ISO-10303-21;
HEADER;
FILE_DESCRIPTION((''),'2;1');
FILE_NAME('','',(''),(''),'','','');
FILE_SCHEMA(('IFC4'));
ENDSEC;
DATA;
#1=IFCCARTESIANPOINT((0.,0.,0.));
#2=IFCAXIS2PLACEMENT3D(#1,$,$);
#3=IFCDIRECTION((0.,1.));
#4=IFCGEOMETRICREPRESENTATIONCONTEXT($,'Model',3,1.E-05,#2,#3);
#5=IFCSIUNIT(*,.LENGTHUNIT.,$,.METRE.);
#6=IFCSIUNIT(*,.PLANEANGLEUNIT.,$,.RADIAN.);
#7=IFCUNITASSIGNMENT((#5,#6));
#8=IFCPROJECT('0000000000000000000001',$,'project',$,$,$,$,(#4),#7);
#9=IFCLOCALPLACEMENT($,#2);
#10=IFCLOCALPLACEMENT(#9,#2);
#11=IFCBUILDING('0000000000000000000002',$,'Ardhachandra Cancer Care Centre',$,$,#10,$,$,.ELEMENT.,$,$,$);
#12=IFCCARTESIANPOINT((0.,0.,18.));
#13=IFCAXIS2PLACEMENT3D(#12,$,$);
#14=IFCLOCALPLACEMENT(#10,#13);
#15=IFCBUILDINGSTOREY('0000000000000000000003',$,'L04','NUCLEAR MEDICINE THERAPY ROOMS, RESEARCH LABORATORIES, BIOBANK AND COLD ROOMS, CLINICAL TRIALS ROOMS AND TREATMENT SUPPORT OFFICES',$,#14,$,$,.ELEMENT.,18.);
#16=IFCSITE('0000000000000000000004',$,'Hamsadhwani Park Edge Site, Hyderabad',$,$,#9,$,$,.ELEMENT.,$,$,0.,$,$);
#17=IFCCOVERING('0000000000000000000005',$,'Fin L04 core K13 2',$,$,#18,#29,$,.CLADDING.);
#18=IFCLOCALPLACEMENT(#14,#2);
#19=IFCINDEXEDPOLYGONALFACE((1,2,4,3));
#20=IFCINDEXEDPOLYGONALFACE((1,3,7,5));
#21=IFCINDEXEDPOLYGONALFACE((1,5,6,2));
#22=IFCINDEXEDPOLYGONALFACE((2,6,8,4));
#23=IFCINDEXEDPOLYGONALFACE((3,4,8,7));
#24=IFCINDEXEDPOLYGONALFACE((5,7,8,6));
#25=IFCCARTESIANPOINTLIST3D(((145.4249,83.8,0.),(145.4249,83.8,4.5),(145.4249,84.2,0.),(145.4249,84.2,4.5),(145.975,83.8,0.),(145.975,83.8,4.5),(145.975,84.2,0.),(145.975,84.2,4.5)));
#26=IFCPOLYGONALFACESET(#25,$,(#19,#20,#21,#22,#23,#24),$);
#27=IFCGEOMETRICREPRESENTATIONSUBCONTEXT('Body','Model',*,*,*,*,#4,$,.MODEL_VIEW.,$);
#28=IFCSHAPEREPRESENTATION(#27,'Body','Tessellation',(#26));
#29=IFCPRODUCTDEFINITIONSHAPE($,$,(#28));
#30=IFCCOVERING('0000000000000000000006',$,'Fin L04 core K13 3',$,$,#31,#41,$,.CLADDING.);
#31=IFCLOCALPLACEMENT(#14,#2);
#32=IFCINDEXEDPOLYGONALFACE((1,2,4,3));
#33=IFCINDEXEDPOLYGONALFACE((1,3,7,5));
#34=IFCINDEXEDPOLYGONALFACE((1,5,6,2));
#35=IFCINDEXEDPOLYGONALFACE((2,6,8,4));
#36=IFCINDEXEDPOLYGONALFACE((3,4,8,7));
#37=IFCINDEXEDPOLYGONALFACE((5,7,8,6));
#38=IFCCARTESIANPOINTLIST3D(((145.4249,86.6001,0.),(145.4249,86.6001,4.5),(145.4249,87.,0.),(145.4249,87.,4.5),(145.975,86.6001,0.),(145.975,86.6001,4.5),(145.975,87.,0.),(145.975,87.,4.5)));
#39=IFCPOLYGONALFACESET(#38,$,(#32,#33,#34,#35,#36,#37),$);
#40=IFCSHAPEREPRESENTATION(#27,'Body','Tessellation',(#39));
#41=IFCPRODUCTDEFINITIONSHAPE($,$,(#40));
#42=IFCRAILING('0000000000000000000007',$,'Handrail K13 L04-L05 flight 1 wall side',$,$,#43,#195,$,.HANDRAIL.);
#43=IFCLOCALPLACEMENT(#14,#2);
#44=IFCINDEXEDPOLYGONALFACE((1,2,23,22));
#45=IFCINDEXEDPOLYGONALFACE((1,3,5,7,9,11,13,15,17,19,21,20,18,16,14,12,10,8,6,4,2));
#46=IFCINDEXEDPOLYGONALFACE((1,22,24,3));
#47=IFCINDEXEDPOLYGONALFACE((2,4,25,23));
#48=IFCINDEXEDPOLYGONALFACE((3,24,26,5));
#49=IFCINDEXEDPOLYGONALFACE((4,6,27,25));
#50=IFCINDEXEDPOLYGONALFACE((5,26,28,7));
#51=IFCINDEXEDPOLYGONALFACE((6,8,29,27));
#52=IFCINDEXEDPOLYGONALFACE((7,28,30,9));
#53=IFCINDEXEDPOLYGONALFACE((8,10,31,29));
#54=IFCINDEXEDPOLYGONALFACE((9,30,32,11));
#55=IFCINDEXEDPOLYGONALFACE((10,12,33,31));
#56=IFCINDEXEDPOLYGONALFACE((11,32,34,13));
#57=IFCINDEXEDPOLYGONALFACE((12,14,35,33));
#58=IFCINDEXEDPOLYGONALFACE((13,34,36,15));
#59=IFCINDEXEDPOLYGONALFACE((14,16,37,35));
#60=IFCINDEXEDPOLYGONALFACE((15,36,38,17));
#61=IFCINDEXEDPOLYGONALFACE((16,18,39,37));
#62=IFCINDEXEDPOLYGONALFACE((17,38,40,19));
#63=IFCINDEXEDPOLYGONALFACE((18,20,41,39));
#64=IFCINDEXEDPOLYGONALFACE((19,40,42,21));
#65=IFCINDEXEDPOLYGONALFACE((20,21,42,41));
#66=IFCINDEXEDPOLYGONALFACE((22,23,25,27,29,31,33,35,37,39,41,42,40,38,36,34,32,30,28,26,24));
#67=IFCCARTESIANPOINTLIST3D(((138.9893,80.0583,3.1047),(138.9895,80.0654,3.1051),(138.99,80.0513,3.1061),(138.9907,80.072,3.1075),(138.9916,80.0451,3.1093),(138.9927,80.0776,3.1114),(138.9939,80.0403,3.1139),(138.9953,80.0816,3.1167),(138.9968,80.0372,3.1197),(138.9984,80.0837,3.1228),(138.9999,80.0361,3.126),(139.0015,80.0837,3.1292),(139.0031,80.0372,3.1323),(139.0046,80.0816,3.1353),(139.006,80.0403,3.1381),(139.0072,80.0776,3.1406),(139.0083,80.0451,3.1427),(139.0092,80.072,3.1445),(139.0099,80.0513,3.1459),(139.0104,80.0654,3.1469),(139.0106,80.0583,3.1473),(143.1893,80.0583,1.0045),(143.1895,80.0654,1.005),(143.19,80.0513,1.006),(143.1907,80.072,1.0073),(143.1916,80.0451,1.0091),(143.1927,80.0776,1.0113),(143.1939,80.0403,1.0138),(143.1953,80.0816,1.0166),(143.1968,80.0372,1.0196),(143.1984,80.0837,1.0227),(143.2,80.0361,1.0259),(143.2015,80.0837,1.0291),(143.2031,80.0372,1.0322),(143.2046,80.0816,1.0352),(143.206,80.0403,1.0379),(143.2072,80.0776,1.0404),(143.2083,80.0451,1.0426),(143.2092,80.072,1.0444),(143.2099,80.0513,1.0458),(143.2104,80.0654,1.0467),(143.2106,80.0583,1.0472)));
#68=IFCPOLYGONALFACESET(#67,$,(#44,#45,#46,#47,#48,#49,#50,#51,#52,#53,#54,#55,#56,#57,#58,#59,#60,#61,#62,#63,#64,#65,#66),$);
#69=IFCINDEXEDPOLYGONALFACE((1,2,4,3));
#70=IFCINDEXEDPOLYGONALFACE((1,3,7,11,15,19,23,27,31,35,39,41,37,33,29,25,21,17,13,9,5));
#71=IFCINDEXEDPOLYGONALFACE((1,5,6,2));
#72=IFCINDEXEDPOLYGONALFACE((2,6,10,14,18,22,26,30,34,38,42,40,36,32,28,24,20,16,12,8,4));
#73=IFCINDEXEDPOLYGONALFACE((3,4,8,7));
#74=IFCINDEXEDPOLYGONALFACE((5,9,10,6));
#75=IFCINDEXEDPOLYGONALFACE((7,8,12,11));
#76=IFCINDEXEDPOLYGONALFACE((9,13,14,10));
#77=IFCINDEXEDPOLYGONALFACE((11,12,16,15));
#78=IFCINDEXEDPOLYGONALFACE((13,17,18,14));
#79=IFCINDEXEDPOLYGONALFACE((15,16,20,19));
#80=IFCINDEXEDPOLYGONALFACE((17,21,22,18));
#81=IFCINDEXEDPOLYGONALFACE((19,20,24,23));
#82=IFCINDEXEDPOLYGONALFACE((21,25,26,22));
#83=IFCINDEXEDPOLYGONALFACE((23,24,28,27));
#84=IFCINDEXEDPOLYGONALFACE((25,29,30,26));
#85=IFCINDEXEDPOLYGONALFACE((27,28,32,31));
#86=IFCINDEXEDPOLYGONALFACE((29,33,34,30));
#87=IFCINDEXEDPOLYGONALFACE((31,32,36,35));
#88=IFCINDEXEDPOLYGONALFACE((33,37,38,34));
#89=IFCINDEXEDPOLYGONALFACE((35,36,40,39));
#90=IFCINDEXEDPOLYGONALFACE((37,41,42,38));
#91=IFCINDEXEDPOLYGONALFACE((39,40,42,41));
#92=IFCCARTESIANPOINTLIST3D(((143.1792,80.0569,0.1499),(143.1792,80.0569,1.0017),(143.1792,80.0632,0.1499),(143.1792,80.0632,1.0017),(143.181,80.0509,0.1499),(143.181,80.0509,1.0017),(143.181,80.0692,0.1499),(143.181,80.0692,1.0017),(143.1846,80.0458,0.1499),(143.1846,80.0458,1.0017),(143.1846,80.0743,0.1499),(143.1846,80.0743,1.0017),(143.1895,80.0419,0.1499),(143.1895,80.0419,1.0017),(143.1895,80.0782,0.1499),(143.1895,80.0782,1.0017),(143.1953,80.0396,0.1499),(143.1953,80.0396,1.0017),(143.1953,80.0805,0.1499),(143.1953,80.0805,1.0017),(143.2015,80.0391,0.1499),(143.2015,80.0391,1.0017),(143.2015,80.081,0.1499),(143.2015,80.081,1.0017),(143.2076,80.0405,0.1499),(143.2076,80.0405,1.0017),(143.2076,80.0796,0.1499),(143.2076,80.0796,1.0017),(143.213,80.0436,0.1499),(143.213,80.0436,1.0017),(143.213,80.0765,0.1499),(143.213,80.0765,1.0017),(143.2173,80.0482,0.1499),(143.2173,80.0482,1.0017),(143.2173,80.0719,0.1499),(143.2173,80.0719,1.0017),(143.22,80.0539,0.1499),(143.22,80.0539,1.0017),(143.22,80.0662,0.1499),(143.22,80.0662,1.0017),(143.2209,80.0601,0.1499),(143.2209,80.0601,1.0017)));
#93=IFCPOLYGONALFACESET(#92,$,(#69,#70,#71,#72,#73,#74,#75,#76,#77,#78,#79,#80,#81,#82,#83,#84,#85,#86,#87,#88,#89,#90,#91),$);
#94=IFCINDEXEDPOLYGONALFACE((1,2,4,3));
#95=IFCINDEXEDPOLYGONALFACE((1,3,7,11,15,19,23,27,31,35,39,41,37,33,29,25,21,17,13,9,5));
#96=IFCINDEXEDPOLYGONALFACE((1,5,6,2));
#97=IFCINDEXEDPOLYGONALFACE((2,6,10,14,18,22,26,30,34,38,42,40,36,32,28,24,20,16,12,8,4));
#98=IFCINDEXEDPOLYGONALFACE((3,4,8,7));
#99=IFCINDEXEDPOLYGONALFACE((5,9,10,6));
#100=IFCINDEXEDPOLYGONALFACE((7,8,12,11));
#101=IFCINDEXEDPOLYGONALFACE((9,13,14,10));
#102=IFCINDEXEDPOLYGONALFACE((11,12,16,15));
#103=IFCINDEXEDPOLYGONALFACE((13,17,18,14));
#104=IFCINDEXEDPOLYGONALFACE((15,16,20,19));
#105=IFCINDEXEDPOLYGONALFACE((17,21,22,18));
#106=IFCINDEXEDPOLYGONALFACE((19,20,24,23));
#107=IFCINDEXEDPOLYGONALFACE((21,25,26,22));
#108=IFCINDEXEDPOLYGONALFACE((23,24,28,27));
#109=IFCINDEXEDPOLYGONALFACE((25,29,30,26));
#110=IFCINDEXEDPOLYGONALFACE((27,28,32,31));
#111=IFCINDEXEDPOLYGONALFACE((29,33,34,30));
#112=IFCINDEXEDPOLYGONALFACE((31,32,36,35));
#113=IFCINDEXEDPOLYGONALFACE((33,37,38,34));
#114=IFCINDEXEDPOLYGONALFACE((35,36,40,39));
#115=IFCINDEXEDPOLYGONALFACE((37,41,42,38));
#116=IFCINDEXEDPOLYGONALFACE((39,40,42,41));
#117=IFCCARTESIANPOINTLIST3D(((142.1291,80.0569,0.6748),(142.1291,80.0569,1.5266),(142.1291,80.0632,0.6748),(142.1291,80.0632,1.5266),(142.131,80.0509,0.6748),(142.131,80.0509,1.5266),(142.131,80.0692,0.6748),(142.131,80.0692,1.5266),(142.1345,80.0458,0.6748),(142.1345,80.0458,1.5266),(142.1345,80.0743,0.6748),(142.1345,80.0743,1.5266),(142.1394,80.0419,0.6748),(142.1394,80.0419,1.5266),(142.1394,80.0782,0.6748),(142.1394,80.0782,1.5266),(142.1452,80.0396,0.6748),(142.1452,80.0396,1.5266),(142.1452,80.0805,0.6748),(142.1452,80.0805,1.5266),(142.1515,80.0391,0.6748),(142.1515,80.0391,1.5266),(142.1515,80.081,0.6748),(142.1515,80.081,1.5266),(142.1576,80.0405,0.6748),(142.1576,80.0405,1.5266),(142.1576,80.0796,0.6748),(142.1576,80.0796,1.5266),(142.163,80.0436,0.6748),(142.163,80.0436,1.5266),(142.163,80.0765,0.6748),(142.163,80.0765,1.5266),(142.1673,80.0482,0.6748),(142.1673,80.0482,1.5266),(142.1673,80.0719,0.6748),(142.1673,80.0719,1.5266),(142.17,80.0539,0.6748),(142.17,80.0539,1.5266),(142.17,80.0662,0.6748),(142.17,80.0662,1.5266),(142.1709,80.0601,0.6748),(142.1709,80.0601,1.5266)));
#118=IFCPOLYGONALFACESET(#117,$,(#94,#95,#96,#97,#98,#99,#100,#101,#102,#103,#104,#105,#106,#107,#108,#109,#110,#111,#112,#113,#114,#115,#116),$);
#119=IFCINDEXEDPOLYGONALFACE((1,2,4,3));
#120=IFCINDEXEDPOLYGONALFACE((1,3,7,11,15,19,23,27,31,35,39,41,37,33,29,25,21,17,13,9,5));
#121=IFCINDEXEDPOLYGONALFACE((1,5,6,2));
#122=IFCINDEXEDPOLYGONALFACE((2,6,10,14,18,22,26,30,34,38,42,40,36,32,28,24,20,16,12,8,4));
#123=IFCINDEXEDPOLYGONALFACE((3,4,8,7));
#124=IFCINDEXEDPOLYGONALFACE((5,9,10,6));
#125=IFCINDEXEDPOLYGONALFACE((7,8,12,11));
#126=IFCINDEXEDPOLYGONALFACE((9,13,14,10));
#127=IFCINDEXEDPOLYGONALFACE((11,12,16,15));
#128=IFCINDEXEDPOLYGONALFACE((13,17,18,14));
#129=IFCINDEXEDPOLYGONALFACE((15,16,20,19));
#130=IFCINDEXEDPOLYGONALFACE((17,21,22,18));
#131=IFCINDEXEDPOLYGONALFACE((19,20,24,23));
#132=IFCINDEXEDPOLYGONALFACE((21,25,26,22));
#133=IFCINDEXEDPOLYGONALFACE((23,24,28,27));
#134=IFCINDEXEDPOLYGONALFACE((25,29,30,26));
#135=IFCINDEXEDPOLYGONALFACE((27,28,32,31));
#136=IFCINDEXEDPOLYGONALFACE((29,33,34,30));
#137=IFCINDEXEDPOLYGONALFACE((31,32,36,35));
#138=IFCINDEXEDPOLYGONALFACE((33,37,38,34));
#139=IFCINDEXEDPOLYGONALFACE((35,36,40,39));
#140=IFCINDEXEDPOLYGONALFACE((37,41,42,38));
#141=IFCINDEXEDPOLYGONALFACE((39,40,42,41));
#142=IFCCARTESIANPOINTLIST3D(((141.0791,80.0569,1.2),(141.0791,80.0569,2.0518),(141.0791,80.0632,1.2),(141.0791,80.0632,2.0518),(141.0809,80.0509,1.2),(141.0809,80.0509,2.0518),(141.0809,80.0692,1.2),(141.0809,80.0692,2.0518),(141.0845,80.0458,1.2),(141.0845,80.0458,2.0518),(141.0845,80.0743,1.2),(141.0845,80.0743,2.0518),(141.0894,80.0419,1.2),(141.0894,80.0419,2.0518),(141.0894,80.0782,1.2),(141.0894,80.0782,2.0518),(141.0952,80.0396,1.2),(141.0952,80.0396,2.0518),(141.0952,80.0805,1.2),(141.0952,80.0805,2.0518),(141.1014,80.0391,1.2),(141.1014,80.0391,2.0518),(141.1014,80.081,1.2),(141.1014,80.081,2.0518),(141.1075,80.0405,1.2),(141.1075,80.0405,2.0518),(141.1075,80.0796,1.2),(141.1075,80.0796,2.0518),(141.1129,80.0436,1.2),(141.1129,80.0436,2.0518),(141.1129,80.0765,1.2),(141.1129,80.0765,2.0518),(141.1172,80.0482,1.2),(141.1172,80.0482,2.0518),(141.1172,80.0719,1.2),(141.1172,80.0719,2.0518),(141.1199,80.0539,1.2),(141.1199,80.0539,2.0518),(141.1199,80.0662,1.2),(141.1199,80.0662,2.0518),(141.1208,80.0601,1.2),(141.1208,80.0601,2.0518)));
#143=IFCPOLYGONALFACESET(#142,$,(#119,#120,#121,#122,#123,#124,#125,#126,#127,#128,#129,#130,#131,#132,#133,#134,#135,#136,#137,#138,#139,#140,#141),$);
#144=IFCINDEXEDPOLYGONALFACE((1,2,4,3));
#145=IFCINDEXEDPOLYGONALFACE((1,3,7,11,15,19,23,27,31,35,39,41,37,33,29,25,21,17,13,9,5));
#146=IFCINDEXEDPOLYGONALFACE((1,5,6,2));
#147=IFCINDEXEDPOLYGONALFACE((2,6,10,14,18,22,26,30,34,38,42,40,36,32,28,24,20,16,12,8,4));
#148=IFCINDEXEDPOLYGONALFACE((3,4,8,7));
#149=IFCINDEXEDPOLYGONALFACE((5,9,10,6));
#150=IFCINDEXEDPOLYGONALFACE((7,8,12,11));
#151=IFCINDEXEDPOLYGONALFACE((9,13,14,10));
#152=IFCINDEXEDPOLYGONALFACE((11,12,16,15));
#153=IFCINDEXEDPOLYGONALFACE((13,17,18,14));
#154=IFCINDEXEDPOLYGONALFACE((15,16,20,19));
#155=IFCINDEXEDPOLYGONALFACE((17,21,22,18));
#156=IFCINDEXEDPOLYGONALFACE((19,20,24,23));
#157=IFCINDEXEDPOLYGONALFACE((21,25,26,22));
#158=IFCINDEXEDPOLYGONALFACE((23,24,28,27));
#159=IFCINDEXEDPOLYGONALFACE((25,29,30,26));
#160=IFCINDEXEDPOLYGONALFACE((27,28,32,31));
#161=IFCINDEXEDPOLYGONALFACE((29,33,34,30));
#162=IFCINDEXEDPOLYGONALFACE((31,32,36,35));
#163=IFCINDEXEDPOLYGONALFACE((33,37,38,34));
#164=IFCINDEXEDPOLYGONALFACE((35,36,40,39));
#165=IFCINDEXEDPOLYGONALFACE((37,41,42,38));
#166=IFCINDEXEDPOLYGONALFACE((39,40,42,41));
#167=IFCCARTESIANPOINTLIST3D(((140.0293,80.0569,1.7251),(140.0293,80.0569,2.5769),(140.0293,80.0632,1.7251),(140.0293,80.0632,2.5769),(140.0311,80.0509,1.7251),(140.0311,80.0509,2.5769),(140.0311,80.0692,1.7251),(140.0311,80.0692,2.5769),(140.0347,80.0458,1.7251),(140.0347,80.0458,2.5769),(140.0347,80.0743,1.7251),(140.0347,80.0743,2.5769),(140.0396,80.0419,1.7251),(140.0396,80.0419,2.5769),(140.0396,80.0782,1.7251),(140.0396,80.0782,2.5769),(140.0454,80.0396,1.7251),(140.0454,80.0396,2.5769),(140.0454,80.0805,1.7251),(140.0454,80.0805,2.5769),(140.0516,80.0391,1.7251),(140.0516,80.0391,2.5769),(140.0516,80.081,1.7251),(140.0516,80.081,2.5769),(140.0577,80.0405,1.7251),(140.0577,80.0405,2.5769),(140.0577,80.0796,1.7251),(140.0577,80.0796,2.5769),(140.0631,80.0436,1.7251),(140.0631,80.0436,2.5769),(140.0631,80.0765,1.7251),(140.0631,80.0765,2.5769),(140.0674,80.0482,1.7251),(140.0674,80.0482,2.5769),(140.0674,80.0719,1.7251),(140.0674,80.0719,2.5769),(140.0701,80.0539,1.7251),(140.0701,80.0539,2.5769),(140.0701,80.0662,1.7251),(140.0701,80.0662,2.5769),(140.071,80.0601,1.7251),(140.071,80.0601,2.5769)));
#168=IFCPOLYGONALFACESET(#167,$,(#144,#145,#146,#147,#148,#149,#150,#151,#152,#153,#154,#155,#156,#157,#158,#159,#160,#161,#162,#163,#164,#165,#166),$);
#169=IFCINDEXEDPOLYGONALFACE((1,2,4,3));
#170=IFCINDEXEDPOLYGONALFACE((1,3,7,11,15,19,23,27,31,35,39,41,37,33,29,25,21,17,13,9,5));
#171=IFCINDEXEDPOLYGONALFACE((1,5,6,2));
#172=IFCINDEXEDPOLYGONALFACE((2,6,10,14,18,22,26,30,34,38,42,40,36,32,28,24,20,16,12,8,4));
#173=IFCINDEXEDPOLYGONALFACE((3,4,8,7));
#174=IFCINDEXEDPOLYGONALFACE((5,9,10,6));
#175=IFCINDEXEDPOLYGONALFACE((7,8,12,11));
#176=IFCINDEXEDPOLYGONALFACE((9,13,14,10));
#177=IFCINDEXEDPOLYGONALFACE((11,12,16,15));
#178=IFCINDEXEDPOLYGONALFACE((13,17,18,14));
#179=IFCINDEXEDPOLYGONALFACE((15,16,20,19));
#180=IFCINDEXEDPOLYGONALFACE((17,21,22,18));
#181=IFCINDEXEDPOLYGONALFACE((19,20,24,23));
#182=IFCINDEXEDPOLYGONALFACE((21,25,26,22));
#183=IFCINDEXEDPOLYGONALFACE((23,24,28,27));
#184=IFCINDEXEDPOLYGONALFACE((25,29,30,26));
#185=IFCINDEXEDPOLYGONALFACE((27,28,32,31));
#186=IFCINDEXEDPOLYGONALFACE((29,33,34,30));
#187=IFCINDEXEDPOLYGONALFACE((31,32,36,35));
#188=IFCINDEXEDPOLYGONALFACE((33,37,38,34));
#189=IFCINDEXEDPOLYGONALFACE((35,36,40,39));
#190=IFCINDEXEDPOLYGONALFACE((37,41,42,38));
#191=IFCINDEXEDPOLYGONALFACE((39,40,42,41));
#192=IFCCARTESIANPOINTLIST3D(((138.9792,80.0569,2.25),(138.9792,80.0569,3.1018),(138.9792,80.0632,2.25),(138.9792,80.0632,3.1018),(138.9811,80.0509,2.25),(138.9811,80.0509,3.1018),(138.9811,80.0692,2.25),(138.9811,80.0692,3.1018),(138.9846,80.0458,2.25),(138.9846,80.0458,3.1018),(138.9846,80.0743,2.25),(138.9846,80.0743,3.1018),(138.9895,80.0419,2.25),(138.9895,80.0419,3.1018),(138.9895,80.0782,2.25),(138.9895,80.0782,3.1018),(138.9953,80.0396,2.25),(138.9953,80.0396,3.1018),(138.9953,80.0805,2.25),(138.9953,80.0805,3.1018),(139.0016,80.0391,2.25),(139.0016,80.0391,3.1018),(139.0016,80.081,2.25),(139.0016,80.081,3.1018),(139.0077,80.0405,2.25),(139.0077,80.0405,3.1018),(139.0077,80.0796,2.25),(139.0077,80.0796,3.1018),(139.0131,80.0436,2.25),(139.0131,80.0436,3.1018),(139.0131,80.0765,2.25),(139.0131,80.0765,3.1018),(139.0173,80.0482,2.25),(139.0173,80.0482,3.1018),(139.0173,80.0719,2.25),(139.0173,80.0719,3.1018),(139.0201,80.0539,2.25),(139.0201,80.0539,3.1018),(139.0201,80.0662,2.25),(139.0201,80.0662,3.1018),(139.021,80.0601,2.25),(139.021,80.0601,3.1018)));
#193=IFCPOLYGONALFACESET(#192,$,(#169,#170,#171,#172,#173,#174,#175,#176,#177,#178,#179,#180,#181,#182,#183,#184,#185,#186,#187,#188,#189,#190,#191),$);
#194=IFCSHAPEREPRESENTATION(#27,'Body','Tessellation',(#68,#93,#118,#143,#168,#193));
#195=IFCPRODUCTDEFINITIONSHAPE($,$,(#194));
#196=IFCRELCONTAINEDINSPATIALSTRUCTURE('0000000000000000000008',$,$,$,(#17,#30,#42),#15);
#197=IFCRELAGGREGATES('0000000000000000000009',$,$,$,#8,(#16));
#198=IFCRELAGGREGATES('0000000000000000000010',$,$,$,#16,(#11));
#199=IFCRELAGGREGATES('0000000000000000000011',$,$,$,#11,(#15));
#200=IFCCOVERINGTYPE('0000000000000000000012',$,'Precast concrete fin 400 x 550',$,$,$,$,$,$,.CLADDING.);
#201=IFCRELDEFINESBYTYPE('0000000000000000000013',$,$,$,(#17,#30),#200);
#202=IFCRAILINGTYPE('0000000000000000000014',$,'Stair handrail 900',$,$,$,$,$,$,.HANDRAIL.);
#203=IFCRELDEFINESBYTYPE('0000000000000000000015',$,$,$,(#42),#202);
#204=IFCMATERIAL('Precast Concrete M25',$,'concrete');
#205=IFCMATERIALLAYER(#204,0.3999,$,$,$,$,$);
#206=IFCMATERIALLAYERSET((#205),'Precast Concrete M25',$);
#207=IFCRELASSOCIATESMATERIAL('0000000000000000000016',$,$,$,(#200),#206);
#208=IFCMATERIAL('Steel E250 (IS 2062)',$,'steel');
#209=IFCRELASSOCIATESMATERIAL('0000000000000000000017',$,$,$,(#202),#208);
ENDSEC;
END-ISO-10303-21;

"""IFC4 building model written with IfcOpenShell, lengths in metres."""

from ifc_helpers import new_model, si_unit, direction, frame, origin, origin_2d, place, context, subcontext, project, spatial, rectangle, circle, extrude, material, layer, layer_set, type_object, element, save


model = new_model("IFC4")

# Units and contexts
model_context = context("Model", 3, precision=1e-05, world=origin(), true_north=direction((0.0, 1.0)))
body_context = subcontext(model_context, "Body", "Model", "MODEL_VIEW")
ifc_project = project(units=[si_unit("LENGTHUNIT", "METRE"), si_unit("PLANEANGLEUNIT", "RADIAN")], contexts=[model_context])

# Site, building, storey
site_placement = place(None, origin())
site = spatial("IfcSite", under=ifc_project, at=site_placement, Name="Hamsadhwani Park Edge Site, Hyderabad", CompositionType="ELEMENT", RefElevation=0.0)
building_placement = place(site_placement, origin())
building = spatial("IfcBuilding", under=site, at=building_placement, Name="Ardhachandra Cancer Care Centre", CompositionType="ELEMENT")
storey_placement = place(building_placement, frame((0.0, 0.0, 18.0)))
storey = spatial("IfcBuildingStorey", under=building, at=storey_placement, Name="L04", Description="NUCLEAR MEDICINE THERAPY ROOMS, RESEARCH LABORATORIES, BIOBANK AND COLD ROOMS, CLINICAL TRIALS ROOMS AND TREATMENT SUPPORT OFFICES", CompositionType="ELEMENT", Elevation=18.0)

# Coverings
ifc_material_1 = material(Name="Precast Concrete M25", Category="concrete")
ifc_layer_1 = layer(ifc_material_1, 0.3999)
ifc_layer_set_1 = layer_set([ifc_layer_1], Name="Precast Concrete M25")
covering_type = type_object("IfcCoveringType", Name="Precast concrete fin 400 x 550", PredefinedType="CLADDING", material=ifc_layer_set_1)
for number, where, z_axis, x_axis, name in (
    (1, (145.7, 84.0, 0.0), (0.0, 0.0, 1.0), (0.0, 1.0, 0.0), "Fin L04 core K13 2"),
    (2, (145.7, 86.8, 0.0), (0.0, 0.0, 1.0), (0.0, 1.0, 0.0), "Fin L04 core K13 3"),
):
    element("IfcCovering", number, at=place(storey_placement, frame(where, z_axis=z_axis, x_axis=x_axis)), inside=storey, type_object=covering_type, Name=name, PredefinedType="CLADDING", context=body_context, shape_type="SweptSolid", body=[
        extrude(rectangle(XDim=0.3999, YDim=0.55, at=origin_2d()), origin(), (0.0, 0.0, 1.0), 4.5),
    ])

# Railing
ifc_material_2 = material(Name="Steel E250 (IS 2062)", Category="steel")
railing_type_1 = type_object("IfcRailingType", Name="Stair handrail 900", PredefinedType="HANDRAIL", material=ifc_material_2)
for number, where, name in (
    (3, (143.2, 80.0601, 0.1499), "Handrail K13 L04-L05 flight 1 wall side"),
):
    element("IfcRailing", number, at=place(storey_placement, frame(where)), inside=storey, type_object=railing_type_1, Name=name, PredefinedType="HANDRAIL", context=body_context, shape_type="SweptSolid", body=[
        extrude(circle(Radius=0.0239, at=origin_2d()), frame((0.0, 0.0, 0.876), z_axis=(-0.894417, 0.0, 0.447234), x_axis=(0.0, -1.0, 0.0)), (0.0, 0.0, 1.0), 4.6958),
        extrude(circle(Radius=0.021, at=origin_2d()), origin(), (0.0, 0.0, 1.0), 0.8518),
        extrude(circle(Radius=0.021, at=origin_2d()), frame((-1.05, 0.0, 0.5249)), (0.0, 0.0, 1.0), 0.8518),
        extrude(circle(Radius=0.021, at=origin_2d()), frame((-2.1001, 0.0, 1.05)), (0.0, 0.0, 1.0), 0.8518),
        extrude(circle(Radius=0.021, at=origin_2d()), frame((-3.1499, 0.0, 1.5752)), (0.0, 0.0, 1.0), 0.8518),
        extrude(circle(Radius=0.021, at=origin_2d()), frame((-4.2, 0.0, 2.1001)), (0.0, 0.0, 1.0), 0.8518),
    ])

save(model, "model.ifc")
